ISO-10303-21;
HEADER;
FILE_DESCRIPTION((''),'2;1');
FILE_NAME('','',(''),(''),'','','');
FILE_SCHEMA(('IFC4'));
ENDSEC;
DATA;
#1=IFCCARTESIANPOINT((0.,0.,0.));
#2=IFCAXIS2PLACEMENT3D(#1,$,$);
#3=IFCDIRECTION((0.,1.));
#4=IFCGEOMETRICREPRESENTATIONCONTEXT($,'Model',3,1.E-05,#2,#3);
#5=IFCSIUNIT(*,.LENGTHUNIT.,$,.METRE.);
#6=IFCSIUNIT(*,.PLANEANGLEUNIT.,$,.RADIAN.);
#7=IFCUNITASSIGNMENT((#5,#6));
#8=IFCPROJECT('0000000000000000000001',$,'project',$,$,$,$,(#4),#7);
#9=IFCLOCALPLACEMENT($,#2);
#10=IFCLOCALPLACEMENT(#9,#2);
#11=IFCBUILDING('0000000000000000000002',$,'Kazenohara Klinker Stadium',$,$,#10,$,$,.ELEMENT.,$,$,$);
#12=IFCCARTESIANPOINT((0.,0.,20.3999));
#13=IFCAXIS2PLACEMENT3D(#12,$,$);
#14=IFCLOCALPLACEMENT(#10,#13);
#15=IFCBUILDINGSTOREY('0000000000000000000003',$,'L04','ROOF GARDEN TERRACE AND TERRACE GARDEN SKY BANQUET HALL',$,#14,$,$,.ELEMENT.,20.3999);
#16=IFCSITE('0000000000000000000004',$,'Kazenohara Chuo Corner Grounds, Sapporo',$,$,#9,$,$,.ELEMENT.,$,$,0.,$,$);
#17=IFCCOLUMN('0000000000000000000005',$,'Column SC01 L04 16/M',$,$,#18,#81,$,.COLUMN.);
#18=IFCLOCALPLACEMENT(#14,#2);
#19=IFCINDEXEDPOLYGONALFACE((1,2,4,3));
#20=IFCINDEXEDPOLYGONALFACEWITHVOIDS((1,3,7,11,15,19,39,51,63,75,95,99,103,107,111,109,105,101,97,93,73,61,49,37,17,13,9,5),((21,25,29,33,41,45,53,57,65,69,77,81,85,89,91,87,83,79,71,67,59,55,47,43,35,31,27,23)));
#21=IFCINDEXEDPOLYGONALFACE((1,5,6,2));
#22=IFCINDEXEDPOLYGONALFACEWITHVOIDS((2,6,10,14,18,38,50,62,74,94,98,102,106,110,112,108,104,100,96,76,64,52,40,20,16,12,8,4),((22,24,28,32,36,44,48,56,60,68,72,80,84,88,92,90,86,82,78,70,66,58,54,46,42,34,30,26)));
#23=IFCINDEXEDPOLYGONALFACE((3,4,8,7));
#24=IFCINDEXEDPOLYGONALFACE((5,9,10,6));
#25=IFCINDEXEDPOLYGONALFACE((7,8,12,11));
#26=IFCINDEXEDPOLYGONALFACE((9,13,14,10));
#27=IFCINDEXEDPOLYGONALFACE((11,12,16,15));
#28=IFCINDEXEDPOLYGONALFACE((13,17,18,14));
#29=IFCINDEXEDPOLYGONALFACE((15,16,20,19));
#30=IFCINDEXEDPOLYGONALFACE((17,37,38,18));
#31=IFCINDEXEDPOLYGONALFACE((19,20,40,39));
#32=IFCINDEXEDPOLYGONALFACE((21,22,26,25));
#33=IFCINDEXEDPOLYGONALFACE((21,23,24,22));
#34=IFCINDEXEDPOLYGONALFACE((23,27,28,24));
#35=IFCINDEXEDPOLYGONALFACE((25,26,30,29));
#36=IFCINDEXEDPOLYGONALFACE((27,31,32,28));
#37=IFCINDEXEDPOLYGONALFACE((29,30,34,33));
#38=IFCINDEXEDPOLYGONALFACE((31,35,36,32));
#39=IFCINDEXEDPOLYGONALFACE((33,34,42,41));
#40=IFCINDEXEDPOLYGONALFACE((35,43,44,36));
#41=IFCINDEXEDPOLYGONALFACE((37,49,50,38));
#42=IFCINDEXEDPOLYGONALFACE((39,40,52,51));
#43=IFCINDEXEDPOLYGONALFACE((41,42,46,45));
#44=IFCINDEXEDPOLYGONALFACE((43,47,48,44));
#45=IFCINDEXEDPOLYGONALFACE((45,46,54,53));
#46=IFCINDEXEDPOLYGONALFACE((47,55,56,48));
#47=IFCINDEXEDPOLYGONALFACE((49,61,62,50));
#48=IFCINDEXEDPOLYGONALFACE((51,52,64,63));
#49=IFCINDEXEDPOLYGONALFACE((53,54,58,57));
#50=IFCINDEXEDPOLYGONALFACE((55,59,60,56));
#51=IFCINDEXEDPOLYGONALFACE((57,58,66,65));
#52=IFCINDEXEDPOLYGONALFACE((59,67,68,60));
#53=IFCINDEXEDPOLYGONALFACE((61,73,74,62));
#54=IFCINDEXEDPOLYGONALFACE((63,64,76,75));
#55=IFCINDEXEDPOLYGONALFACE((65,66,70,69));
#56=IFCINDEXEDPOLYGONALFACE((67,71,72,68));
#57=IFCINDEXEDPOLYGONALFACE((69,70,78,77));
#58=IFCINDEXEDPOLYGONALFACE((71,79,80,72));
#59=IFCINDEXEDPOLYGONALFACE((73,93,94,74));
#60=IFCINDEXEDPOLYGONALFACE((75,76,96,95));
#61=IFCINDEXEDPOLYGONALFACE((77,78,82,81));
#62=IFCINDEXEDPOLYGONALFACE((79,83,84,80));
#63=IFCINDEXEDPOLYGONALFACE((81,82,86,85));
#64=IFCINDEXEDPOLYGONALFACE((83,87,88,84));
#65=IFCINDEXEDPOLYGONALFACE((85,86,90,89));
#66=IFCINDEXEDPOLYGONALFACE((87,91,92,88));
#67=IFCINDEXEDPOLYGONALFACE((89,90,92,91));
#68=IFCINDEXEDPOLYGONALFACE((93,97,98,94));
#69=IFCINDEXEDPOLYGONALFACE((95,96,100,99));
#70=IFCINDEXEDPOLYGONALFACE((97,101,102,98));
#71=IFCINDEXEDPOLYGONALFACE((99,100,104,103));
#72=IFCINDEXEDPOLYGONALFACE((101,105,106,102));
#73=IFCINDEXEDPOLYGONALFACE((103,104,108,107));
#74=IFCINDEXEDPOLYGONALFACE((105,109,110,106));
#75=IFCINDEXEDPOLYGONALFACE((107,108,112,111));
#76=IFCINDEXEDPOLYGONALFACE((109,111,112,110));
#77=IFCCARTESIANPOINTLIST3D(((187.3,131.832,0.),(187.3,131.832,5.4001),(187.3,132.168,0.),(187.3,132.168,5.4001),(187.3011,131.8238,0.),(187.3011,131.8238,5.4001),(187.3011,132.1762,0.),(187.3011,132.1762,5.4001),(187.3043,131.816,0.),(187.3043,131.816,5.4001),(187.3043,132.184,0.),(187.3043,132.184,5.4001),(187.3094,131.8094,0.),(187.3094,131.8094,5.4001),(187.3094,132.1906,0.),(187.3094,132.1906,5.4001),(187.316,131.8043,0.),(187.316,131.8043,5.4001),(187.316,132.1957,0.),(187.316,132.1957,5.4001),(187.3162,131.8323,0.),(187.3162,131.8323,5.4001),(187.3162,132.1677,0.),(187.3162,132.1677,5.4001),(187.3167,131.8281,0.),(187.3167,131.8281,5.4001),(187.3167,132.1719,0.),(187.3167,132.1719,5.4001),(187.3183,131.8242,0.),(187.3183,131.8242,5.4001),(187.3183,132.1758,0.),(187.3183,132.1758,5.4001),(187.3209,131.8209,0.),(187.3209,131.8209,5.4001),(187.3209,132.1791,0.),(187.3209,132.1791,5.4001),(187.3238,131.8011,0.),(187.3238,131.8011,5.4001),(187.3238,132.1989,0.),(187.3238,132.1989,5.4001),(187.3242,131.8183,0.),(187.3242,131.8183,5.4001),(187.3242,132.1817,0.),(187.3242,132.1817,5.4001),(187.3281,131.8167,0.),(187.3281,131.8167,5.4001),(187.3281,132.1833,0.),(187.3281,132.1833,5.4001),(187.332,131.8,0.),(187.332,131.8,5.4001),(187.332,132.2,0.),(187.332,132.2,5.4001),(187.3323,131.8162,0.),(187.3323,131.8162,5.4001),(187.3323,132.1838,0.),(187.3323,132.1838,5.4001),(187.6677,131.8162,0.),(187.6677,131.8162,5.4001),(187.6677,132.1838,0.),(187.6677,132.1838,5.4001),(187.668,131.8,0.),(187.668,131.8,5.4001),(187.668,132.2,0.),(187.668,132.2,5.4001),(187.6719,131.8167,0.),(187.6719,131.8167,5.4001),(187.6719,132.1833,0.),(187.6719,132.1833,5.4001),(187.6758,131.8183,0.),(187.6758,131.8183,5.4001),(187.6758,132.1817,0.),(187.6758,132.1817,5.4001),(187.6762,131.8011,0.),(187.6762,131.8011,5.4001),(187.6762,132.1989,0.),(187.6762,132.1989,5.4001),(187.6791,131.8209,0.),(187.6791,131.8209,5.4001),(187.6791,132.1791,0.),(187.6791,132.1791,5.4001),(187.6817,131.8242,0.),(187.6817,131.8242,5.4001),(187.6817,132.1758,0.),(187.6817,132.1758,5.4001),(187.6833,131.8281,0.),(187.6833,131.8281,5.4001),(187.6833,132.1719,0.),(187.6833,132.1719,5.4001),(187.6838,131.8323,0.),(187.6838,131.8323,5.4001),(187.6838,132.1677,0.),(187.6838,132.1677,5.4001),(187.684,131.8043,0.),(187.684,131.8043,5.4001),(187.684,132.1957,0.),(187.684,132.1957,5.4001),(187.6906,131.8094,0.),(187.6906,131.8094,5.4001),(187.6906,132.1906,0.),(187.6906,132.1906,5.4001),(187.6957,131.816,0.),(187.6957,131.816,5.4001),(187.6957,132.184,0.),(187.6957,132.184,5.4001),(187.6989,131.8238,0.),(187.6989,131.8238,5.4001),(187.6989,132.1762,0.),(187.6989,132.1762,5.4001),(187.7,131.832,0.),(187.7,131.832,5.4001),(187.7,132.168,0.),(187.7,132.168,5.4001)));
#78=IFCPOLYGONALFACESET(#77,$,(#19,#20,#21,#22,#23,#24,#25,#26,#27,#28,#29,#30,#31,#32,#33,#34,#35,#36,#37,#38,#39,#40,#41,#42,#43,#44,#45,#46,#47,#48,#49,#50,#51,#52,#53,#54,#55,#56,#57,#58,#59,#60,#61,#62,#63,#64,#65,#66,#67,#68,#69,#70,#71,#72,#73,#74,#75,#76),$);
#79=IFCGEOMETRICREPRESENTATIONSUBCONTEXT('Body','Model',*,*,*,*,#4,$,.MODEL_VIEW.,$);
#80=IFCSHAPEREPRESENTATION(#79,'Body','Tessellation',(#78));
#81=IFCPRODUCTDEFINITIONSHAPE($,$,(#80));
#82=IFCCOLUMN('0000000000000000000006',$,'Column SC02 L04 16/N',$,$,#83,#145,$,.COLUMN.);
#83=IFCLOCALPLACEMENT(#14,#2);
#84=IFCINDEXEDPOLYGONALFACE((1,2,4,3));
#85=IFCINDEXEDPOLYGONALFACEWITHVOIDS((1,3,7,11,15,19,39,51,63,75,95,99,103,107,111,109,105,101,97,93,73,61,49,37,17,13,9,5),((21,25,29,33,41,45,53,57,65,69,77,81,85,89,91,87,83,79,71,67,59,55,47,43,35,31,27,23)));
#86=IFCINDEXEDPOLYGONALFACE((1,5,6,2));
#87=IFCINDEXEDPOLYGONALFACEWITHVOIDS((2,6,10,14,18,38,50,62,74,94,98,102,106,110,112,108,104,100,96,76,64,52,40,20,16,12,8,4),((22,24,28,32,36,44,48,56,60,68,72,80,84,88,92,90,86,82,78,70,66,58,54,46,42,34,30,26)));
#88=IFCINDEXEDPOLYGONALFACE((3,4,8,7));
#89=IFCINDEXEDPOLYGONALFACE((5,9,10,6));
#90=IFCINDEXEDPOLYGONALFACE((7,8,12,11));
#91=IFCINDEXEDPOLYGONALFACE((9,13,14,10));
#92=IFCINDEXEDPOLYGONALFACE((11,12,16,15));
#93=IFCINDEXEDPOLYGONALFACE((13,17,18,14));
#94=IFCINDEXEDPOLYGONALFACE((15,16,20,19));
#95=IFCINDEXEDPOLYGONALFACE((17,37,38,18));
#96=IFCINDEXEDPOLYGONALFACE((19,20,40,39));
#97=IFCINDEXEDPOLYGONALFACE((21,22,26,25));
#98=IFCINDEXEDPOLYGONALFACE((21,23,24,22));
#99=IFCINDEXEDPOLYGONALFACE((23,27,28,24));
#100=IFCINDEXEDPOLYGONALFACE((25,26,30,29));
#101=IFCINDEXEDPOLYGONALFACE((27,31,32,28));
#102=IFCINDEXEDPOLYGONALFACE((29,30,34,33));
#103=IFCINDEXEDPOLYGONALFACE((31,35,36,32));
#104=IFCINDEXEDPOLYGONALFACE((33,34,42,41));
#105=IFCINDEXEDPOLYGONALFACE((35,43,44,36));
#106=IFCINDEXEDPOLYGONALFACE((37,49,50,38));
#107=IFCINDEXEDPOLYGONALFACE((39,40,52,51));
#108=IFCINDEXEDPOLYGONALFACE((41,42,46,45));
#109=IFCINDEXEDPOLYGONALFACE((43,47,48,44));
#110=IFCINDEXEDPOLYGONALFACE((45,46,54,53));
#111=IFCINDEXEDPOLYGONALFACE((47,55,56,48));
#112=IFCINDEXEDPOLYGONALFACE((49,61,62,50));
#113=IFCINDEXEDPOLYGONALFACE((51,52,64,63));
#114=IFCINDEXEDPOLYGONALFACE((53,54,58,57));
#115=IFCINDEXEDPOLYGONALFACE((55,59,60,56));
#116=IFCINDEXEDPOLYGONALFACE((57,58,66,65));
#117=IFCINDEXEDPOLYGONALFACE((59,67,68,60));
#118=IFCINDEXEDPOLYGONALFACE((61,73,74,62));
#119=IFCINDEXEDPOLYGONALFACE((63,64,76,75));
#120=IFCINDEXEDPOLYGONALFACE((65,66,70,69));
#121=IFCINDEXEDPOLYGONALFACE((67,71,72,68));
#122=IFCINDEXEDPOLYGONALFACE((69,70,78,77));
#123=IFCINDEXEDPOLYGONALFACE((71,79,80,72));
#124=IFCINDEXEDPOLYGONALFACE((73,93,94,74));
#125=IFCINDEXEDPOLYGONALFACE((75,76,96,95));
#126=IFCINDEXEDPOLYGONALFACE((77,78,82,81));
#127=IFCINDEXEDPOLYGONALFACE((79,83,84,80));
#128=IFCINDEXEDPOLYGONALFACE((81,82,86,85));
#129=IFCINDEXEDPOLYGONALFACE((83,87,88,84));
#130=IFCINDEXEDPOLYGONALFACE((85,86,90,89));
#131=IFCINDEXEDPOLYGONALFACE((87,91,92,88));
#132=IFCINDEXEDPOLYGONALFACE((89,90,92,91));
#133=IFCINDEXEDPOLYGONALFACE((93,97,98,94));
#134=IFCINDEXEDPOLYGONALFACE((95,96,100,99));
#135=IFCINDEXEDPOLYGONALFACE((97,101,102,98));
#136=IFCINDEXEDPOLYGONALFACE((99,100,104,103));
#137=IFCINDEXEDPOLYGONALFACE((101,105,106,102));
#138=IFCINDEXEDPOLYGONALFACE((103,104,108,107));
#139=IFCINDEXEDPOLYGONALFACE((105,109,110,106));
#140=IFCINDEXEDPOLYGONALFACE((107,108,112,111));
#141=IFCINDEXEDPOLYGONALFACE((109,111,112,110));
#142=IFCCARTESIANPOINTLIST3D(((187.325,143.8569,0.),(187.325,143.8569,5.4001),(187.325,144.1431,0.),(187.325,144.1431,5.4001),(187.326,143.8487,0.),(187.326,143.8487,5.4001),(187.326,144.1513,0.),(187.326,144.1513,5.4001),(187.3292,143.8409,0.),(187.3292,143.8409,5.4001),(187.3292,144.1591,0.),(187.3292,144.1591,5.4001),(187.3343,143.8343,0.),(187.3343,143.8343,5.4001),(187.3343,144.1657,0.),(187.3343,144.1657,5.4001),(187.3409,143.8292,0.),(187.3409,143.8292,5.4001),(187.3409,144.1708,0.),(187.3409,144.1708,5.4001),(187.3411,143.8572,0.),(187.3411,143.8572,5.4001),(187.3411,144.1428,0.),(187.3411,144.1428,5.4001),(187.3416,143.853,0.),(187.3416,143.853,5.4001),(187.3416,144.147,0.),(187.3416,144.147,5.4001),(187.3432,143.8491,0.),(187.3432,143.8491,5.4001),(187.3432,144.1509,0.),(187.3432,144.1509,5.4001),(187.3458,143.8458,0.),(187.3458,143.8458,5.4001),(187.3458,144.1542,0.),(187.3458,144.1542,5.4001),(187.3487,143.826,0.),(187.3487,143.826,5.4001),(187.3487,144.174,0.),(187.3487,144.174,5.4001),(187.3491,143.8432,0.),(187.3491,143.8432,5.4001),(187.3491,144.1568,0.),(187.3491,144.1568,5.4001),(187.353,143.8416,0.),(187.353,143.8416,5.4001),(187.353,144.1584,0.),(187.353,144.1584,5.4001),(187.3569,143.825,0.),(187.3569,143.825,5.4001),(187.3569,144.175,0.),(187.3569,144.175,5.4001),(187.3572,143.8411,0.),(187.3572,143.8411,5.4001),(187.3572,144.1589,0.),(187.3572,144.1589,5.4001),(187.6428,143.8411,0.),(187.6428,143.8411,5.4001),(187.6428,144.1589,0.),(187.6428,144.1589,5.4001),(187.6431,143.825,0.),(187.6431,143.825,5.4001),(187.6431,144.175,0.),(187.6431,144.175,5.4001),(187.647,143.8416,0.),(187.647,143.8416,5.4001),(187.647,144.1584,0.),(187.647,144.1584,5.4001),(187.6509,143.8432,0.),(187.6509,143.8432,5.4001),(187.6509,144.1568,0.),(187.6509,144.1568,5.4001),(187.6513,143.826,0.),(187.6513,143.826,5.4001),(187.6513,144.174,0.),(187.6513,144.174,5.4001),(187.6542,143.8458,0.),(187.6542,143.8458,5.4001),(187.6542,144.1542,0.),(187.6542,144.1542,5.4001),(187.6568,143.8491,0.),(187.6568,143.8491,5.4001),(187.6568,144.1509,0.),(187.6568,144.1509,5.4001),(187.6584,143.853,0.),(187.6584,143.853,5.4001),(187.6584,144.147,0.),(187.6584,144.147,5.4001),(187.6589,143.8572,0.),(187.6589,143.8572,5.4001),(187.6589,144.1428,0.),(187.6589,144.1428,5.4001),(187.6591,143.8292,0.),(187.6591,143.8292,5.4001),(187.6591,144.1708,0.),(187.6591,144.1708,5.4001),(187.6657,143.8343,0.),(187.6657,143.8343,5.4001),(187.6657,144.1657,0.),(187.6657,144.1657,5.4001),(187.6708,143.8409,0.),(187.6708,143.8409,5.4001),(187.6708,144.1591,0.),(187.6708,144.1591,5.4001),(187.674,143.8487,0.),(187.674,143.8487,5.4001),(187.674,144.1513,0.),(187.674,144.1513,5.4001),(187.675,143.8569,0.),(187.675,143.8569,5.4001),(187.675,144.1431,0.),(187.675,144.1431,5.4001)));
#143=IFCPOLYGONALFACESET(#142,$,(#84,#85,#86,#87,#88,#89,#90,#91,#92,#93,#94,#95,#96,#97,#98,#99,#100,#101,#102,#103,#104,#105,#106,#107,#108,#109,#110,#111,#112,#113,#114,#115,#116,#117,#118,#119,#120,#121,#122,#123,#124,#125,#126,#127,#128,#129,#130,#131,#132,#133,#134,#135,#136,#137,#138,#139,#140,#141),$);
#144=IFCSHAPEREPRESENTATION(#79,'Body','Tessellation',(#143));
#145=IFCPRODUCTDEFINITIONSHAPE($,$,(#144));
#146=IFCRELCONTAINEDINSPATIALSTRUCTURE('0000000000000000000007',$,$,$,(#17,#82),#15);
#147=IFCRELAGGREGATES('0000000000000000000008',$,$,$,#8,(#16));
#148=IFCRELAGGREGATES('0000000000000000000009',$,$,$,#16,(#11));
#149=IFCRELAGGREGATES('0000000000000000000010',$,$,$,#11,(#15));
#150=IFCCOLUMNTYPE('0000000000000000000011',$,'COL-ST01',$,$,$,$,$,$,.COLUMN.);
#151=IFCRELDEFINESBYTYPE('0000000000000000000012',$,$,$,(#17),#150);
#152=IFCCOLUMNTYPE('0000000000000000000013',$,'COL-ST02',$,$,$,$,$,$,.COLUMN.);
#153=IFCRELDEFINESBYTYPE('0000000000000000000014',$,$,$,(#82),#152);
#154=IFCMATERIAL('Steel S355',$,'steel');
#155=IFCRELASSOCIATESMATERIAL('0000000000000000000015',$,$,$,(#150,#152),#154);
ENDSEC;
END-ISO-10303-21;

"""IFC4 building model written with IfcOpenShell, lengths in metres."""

from ifc_helpers import new_model, si_unit, direction, frame, origin, origin_2d, place, context, subcontext, project, spatial, hollow_rectangle, extrude, material, material_profile, profile_set, type_object, element, save


model = new_model("IFC4")

# Units and contexts
model_context = context("Model", 3, precision=1e-05, world=origin(), true_north=direction((0.0, 1.0)))
body_context = subcontext(model_context, "Body", "Model", "MODEL_VIEW")
ifc_project = project(units=[si_unit("LENGTHUNIT", "METRE"), si_unit("PLANEANGLEUNIT", "RADIAN")], contexts=[model_context])

# Site, building, storey
site_placement = place(None, origin())
site = spatial("IfcSite", under=ifc_project, at=site_placement, Name="Kazenohara Chuo Corner Grounds, Sapporo", CompositionType="ELEMENT", RefElevation=0.0)
building_placement = place(site_placement, origin())
building = spatial("IfcBuilding", under=site, at=building_placement, Name="Kazenohara Klinker Stadium", CompositionType="ELEMENT")
storey_placement = place(building_placement, frame((0.0, 0.0, 20.3999)))
storey = spatial("IfcBuildingStorey", under=building, at=storey_placement, Name="L04", Description="ROOF GARDEN TERRACE AND TERRACE GARDEN SKY BANQUET HALL", CompositionType="ELEMENT", Elevation=20.3999)

# Columns
ifc_material_1 = material(Name="Steel S355", Category="steel")
ifc_material_profile_1 = material_profile(ifc_material_1, hollow_rectangle(XDim=0.3999, YDim=0.3999, WallThickness=0.0161, InnerFilletRadius=0.0161, OuterFilletRadius=0.032, at=origin_2d()), Name="SHS-400x400x16")
ifc_profile_set_1 = profile_set([ifc_material_profile_1], Name="Steel S355")
column_type_1 = type_object("IfcColumnType", Name="COL-ST01", PredefinedType="COLUMN", material=ifc_profile_set_1)
column_placement = place(storey_placement, frame((187.5, 132.0, 0.0), z_axis=(0.0, 0.0, 1.0), x_axis=(1.0, 0.0, 0.0)))
element("IfcColumn", 1, at=column_placement, inside=storey, type_object=column_type_1, Name="Column SC01 L04 16/M", PredefinedType="COLUMN", context=body_context, shape_type="SweptSolid", body=[
    extrude(hollow_rectangle(XDim=0.3999, YDim=0.3999, WallThickness=0.0161, InnerFilletRadius=0.0161, OuterFilletRadius=0.032, at=origin_2d()), origin(), (0.0, 0.0, 1.0), 5.4001),
])
ifc_material_profile_2 = material_profile(ifc_material_1, hollow_rectangle(XDim=0.3501, YDim=0.3501, WallThickness=0.0161, InnerFilletRadius=0.0161, OuterFilletRadius=0.032, at=origin_2d()), Name="SHS-350x350x16")
ifc_profile_set_2 = profile_set([ifc_material_profile_2], Name="Steel S355")
column_type_2 = type_object("IfcColumnType", Name="COL-ST02", PredefinedType="COLUMN", material=ifc_profile_set_2)
for number, where, z_axis, x_axis, name in (
    (2, (187.5, 144.0, 0.0), (0.0, 0.0, 1.0), (1.0, 0.0, 0.0), "Column SC02 L04 16/N"),
):
    element("IfcColumn", number, at=place(storey_placement, frame(where, z_axis=z_axis, x_axis=x_axis)), inside=storey, type_object=column_type_2, Name=name, PredefinedType="COLUMN", context=body_context, shape_type="SweptSolid", body=[
        extrude(hollow_rectangle(XDim=0.3501, YDim=0.3501, WallThickness=0.0161, InnerFilletRadius=0.0161, OuterFilletRadius=0.032, at=origin_2d()), origin(), (0.0, 0.0, 1.0), 5.4001),
    ])

save(model, "model.ifc")
